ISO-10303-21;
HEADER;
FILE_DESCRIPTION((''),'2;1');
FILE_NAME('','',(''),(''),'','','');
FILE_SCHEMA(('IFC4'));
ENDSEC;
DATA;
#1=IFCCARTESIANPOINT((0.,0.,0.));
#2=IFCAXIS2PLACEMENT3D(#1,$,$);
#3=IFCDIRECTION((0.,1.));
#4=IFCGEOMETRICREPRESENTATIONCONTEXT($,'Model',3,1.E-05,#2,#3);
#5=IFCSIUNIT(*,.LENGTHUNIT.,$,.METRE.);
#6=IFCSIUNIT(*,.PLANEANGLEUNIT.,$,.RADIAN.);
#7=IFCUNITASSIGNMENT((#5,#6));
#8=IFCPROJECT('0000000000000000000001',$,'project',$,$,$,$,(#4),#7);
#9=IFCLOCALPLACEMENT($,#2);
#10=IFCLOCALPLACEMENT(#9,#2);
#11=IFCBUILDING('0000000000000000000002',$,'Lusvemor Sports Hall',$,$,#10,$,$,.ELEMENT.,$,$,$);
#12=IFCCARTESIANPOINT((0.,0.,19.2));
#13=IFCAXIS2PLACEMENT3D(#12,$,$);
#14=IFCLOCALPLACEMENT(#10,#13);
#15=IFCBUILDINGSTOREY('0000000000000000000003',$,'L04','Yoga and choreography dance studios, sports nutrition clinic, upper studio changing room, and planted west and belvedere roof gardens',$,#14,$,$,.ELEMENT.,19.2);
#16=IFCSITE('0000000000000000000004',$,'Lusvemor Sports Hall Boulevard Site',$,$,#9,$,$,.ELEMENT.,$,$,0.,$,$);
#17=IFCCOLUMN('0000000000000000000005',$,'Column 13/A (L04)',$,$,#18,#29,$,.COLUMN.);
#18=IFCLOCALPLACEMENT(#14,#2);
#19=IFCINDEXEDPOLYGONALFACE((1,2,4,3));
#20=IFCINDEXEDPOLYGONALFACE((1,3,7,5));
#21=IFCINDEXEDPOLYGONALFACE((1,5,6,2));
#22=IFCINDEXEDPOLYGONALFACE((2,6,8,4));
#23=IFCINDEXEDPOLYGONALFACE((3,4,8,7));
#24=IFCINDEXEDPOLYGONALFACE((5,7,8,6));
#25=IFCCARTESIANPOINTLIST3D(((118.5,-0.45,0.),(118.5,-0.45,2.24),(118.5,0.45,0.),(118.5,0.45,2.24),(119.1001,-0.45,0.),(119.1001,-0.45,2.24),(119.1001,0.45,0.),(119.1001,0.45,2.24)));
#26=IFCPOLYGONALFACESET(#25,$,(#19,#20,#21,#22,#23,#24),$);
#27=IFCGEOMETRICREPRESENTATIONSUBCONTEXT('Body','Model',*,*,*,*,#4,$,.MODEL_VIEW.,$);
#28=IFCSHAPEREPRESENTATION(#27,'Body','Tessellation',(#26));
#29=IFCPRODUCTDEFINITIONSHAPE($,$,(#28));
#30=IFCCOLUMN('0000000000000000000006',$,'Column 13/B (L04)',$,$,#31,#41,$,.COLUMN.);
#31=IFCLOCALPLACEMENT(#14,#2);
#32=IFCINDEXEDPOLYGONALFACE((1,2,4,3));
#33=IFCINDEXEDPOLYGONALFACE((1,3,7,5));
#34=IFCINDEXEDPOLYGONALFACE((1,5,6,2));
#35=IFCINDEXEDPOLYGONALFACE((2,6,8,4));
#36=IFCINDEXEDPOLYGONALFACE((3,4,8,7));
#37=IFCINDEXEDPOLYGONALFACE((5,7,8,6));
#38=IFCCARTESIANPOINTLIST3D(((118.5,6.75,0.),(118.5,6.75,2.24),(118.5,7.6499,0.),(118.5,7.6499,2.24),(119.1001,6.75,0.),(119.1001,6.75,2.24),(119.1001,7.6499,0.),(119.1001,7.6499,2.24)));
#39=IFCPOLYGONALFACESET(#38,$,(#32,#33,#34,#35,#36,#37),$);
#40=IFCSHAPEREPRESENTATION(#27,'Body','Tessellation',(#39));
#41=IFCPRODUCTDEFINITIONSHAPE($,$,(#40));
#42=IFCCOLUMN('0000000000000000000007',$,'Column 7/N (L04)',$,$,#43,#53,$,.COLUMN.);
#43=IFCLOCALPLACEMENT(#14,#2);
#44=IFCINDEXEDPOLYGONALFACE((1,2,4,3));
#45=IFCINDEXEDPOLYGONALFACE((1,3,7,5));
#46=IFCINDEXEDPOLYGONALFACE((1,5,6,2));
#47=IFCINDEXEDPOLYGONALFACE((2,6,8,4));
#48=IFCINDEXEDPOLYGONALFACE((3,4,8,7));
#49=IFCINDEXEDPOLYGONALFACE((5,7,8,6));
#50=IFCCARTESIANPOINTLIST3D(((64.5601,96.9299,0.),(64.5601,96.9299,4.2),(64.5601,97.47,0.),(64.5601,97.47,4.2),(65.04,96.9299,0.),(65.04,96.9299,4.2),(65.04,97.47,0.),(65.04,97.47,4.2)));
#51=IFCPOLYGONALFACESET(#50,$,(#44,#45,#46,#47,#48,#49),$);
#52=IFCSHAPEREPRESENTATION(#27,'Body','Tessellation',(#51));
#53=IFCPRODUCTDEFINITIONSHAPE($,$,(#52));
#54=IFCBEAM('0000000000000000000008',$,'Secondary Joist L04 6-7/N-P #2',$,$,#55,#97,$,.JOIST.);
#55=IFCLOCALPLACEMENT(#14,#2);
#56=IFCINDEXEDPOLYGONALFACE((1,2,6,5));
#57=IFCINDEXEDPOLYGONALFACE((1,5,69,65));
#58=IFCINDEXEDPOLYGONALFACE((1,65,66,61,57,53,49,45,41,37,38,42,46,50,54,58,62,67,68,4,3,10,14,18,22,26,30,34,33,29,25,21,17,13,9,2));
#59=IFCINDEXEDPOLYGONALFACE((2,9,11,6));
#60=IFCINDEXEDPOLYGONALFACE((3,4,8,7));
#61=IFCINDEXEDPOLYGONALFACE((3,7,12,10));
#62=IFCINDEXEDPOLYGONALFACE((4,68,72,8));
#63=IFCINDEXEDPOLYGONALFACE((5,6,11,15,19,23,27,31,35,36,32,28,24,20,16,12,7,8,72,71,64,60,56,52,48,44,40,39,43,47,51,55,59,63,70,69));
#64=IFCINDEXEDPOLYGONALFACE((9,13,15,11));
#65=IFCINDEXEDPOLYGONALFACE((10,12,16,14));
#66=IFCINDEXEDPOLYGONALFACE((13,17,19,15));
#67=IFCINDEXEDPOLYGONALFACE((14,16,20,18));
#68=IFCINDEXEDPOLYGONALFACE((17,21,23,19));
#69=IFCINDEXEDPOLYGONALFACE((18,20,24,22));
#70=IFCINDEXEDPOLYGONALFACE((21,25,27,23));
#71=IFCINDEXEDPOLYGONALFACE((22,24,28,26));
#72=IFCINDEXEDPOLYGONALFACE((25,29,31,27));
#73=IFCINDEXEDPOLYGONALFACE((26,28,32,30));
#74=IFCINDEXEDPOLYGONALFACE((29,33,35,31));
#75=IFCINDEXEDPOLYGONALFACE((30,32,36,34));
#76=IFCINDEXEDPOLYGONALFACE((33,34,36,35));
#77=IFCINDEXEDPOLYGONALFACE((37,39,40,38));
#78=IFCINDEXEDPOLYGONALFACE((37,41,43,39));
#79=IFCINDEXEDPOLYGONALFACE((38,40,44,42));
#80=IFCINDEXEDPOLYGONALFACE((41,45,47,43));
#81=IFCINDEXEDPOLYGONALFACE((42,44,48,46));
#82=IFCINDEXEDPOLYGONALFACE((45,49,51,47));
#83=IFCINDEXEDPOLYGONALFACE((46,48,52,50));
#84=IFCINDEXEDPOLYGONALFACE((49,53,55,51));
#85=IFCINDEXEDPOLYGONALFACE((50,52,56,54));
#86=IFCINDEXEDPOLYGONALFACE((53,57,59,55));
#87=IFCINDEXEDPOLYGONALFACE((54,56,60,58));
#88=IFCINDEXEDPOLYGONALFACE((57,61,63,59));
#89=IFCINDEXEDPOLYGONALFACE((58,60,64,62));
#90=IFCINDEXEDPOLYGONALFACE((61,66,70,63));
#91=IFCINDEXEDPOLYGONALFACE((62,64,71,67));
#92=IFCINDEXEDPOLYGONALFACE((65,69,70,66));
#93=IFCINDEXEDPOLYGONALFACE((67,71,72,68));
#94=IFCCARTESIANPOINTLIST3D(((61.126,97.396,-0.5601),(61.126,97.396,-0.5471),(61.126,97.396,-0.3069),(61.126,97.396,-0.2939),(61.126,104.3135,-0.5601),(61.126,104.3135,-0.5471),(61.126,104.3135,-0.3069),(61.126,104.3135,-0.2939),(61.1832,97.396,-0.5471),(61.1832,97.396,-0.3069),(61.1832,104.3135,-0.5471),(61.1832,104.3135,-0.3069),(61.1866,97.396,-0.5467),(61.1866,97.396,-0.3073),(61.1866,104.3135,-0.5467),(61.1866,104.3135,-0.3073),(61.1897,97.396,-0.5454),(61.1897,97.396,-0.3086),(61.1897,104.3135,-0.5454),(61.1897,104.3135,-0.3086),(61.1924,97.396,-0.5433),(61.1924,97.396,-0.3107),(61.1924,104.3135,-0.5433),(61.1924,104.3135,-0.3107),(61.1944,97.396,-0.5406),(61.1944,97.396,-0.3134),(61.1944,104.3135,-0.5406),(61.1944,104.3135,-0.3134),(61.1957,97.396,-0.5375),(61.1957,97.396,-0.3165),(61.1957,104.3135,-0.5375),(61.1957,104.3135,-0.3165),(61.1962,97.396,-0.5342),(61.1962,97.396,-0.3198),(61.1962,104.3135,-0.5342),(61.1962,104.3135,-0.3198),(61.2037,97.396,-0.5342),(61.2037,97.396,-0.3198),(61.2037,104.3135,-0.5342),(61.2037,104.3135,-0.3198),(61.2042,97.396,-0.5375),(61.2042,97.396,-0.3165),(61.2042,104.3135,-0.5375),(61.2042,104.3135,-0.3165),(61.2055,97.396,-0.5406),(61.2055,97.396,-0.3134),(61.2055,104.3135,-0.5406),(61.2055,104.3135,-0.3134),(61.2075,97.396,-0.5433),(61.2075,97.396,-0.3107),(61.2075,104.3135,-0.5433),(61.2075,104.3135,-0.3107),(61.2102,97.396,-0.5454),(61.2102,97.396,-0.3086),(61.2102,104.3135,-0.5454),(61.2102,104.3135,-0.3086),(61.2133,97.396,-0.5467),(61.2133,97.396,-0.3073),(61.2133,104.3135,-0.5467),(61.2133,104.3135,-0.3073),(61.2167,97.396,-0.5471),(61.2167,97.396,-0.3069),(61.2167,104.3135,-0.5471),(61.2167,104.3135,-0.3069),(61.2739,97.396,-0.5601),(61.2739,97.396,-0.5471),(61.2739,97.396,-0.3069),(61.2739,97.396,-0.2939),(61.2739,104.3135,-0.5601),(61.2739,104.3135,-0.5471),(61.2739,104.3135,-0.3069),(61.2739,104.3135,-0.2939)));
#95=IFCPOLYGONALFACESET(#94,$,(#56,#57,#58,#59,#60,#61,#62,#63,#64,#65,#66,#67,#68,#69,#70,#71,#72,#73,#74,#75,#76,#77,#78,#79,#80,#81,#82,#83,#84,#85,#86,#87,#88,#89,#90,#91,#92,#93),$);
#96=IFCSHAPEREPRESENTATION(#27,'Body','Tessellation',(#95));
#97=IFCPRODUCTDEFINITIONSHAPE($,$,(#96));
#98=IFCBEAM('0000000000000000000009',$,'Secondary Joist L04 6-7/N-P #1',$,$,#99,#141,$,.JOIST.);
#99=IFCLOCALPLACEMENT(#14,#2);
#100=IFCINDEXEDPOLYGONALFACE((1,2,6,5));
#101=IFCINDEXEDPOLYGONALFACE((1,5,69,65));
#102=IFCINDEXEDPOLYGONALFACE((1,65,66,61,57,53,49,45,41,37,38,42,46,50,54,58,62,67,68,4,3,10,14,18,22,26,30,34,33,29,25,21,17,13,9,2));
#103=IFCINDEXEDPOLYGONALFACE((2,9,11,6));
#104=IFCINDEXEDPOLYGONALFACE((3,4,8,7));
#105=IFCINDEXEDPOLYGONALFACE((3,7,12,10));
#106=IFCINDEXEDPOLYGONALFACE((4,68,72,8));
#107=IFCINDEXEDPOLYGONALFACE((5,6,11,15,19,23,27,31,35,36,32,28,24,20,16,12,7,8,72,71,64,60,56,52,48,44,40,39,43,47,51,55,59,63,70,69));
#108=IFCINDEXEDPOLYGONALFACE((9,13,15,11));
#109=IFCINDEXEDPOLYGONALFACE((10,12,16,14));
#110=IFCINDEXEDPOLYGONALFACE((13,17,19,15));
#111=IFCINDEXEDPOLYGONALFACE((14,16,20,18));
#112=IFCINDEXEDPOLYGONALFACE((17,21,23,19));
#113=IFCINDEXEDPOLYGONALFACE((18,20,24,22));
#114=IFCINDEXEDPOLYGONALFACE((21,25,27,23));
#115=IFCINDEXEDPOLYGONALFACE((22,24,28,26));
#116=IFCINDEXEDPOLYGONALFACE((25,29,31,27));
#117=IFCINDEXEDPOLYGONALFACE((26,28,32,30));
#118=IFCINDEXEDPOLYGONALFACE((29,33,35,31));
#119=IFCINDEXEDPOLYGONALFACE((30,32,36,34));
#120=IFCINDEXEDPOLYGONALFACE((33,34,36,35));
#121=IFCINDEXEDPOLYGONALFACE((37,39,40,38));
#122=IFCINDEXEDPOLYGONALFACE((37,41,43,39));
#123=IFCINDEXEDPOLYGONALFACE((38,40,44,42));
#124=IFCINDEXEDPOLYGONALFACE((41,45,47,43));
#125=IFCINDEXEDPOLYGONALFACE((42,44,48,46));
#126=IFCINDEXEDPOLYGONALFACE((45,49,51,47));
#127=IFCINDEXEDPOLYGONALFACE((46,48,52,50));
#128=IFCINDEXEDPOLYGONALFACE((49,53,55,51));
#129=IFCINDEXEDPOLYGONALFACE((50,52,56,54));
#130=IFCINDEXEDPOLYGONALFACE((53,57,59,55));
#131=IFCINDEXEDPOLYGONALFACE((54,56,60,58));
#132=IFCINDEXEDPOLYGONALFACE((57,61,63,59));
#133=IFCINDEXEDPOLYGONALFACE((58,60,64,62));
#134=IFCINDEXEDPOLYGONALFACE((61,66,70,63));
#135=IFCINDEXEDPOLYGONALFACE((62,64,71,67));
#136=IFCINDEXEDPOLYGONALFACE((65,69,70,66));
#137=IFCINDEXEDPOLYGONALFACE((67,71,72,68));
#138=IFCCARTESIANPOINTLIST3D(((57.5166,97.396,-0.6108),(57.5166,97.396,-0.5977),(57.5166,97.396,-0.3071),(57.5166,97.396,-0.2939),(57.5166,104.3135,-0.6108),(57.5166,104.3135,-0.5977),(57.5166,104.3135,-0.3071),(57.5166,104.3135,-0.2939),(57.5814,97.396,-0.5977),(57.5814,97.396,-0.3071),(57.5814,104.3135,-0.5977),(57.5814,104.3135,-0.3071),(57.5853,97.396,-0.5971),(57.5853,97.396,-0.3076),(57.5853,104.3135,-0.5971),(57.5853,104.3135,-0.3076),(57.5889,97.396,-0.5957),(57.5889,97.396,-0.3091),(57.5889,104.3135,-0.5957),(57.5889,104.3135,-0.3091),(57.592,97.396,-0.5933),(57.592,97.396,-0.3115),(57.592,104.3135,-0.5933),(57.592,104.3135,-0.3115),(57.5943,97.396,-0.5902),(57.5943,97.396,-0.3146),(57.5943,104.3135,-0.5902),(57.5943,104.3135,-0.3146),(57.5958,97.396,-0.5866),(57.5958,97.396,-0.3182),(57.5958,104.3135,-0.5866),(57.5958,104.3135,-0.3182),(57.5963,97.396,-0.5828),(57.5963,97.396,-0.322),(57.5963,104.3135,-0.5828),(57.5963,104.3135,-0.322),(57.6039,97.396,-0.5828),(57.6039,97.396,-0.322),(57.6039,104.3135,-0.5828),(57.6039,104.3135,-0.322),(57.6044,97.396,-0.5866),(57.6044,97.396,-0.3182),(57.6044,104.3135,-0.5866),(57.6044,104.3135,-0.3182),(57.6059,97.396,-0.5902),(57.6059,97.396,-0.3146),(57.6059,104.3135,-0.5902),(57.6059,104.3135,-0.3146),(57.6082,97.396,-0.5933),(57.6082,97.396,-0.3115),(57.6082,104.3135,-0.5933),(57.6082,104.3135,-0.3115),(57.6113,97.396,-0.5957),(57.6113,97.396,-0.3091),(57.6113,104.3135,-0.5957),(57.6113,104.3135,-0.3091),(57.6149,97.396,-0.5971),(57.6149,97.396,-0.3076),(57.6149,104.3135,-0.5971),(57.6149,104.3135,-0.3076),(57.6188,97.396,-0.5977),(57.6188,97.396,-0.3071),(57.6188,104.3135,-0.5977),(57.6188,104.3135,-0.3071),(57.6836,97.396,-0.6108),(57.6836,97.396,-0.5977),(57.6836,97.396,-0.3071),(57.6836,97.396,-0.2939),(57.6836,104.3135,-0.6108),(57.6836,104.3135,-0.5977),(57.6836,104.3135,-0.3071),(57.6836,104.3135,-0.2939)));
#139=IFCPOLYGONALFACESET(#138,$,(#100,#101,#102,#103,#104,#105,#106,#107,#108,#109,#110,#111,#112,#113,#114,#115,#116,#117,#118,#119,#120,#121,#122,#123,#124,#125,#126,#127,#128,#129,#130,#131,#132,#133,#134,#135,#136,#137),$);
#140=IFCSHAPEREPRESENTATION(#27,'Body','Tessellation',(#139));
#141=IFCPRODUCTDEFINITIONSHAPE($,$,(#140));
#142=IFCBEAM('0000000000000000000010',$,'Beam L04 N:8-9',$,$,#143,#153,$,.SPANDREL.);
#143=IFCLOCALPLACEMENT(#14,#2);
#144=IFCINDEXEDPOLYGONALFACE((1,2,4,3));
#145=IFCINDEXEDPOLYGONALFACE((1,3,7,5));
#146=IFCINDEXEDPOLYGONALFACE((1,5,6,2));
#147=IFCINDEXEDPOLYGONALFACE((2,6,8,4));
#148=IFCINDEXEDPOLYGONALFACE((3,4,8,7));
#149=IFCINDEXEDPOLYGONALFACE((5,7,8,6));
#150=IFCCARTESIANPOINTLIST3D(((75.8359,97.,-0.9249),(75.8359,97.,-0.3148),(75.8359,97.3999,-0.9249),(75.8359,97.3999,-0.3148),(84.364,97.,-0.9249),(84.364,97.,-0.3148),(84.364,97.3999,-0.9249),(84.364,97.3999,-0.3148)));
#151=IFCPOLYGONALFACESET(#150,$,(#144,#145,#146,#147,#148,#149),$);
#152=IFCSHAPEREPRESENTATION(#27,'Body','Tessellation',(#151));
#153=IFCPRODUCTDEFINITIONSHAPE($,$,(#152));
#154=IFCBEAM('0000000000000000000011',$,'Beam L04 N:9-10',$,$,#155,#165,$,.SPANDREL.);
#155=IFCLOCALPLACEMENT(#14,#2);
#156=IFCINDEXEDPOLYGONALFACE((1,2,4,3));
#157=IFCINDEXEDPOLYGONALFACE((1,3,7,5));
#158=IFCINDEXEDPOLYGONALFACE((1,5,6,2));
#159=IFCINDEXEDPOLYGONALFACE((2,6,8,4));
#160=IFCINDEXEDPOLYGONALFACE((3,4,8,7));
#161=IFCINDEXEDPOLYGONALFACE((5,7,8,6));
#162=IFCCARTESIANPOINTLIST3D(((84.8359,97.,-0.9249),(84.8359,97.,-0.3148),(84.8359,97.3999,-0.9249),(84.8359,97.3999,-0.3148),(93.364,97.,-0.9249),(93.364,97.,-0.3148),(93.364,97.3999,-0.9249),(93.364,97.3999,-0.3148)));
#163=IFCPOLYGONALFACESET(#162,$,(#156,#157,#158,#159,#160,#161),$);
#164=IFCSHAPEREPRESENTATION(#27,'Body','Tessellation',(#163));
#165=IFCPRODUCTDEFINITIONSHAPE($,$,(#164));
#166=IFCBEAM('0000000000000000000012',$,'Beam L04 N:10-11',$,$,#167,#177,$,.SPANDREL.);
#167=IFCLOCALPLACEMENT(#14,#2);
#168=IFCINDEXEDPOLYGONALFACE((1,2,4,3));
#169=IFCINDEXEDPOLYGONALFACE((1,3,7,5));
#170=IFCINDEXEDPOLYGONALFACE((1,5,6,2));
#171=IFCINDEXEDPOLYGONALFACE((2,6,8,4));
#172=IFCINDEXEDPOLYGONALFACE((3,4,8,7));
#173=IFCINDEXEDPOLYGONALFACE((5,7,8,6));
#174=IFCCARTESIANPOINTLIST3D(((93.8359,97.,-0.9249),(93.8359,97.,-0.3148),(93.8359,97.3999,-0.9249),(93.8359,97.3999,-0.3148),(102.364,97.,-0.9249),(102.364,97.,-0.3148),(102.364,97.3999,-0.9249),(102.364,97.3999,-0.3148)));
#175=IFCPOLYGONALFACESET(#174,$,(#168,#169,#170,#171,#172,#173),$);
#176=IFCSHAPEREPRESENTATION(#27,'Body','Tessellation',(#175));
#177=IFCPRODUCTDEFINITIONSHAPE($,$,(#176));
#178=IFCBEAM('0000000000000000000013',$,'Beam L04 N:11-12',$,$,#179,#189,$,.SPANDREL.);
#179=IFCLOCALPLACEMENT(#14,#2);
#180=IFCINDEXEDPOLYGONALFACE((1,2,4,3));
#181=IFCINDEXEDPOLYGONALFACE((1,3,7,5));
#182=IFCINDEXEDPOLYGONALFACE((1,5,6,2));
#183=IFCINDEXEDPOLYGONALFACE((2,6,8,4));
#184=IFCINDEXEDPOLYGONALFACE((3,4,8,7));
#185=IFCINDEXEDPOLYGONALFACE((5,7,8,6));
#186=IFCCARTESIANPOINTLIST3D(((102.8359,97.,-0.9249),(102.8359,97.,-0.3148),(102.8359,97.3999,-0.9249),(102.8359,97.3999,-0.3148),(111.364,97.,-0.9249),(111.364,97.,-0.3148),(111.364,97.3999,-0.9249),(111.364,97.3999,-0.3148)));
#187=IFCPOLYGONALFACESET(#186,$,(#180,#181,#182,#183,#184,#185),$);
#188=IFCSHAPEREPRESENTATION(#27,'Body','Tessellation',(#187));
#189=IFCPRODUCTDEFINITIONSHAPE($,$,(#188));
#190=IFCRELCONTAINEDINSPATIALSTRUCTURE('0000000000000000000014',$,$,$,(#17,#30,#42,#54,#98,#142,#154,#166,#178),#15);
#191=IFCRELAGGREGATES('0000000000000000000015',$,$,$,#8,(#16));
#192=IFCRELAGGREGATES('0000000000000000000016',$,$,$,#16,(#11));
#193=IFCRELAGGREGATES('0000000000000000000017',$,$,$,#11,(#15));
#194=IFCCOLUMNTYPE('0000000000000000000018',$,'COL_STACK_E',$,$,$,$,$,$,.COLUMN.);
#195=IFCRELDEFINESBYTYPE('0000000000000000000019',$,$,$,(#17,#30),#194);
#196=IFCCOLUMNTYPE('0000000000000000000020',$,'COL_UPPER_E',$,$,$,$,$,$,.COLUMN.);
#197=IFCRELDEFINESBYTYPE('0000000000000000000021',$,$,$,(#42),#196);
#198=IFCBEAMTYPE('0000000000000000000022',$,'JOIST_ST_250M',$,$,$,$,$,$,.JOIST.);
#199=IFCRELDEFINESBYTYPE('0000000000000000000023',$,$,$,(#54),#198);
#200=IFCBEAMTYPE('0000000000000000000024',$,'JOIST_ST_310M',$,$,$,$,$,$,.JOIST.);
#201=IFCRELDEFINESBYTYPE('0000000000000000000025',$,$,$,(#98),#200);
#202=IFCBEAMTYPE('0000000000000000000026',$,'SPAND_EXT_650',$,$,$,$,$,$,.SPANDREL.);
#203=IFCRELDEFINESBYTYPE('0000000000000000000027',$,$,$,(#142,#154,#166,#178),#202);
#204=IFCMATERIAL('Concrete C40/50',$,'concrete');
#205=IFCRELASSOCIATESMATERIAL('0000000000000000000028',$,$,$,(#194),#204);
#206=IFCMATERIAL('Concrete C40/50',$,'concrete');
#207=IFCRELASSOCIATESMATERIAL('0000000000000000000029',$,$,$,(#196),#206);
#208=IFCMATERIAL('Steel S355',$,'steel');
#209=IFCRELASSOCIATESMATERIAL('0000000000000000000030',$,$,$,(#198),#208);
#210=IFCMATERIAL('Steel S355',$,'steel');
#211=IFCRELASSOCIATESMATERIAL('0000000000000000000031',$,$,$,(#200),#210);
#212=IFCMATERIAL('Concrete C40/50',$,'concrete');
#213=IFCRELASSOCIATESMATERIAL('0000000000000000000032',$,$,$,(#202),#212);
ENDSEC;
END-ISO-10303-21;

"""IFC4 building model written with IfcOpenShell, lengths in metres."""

from ifc_helpers import new_model, si_unit, direction, frame, origin, origin_2d, place, context, subcontext, project, spatial, rectangle, i_section, extrude, material, material_profile, profile_set, type_object, element, save


model = new_model("IFC4")

# Units and contexts
model_context = context("Model", 3, precision=1e-05, world=origin(), true_north=direction((0.0, 1.0)))
body_context = subcontext(model_context, "Body", "Model", "MODEL_VIEW")
ifc_project = project(units=[si_unit("LENGTHUNIT", "METRE"), si_unit("PLANEANGLEUNIT", "RADIAN")], contexts=[model_context])

# Site, building, storey
site_placement = place(None, origin())
site = spatial("IfcSite", under=ifc_project, at=site_placement, Name="Lusvemor Sports Hall Boulevard Site", CompositionType="ELEMENT", RefElevation=0.0)
building_placement = place(site_placement, origin())
building = spatial("IfcBuilding", under=site, at=building_placement, Name="Lusvemor Sports Hall", CompositionType="ELEMENT")
storey_placement = place(building_placement, frame((0.0, 0.0, 19.2)))
storey = spatial("IfcBuildingStorey", under=building, at=storey_placement, Name="L04", Description="Yoga and choreography dance studios, sports nutrition clinic, upper studio changing room, and planted west and belvedere roof gardens", CompositionType="ELEMENT", Elevation=19.2)

# Columns
ifc_material_1 = material(Name="Concrete C40/50", Category="concrete")
ifc_material_profile_1 = material_profile(ifc_material_1, rectangle(XDim=0.6001, YDim=0.8999, at=origin_2d()), Name="RC600x900")
ifc_profile_set_1 = profile_set([ifc_material_profile_1], Name="Concrete C40/50")
column_type_1 = type_object("IfcColumnType", Name="COL_STACK_E", PredefinedType="COLUMN", material=ifc_profile_set_1)
for number, where, z_axis, x_axis, name in (
    (1, (118.8, 0.0, 0.0), (0.0, 0.0, 1.0), (1.0, 0.0, 0.0), "Column 13/A (L04)"),
    (2, (118.8, 7.2, 0.0), (0.0, 0.0, 1.0), (1.0, 0.0, 0.0), "Column 13/B (L04)"),
):
    element("IfcColumn", number, at=place(storey_placement, frame(where, z_axis=z_axis, x_axis=x_axis)), inside=storey, type_object=column_type_1, Name=name, PredefinedType="COLUMN", context=body_context, shape_type="SweptSolid", body=[
        extrude(rectangle(XDim=0.6001, YDim=0.8999, at=origin_2d()), origin(), (0.0, 0.0, 1.0), 2.24),
    ])
ifc_material_2 = material(Name="Concrete C40/50", Category="concrete")
ifc_material_profile_2 = material_profile(ifc_material_2, rectangle(XDim=0.48, YDim=0.54, at=origin_2d()), Name="RC480x540")
ifc_profile_set_2 = profile_set([ifc_material_profile_2], Name="Concrete C40/50")
column_type_2 = type_object("IfcColumnType", Name="COL_UPPER_E", PredefinedType="COLUMN", material=ifc_profile_set_2)
column_placement = place(storey_placement, frame((64.8, 97.2, 0.0), z_axis=(0.0, 0.0, 1.0), x_axis=(1.0, 0.0, 0.0)))
element("IfcColumn", 3, at=column_placement, inside=storey, type_object=column_type_2, Name="Column 7/N (L04)", PredefinedType="COLUMN", context=body_context, shape_type="SweptSolid", body=[
    extrude(rectangle(XDim=0.48, YDim=0.54, at=origin_2d()), origin(), (0.0, 0.0, 1.0), 4.2),
])

# Beams
ifc_material_3 = material(Name="Steel S355", Category="steel")
ifc_material_profile_3 = material_profile(ifc_material_3, i_section(OverallWidth=0.1479, OverallDepth=0.2661, WebThickness=0.0076, FlangeThickness=0.0129, FilletRadius=0.0129, at=origin_2d()), Name="W250x44.8")
ifc_profile_set_3 = profile_set([ifc_material_profile_3], Name="Steel S355")
beam_type_1 = type_object("IfcBeamType", Name="JOIST_ST_250M", PredefinedType="JOIST", material=ifc_profile_set_3)
beam_1_placement = place(storey_placement, frame((61.2, 97.396, -0.427), z_axis=(0.0, 1.0, 0.0), x_axis=(-1.0, 0.0, 0.0)))
element("IfcBeam", 4, at=beam_1_placement, inside=storey, type_object=beam_type_1, Name="Secondary Joist L04 6-7/N-P #2", PredefinedType="JOIST", context=body_context, shape_type="SweptSolid", body=[
    extrude(i_section(OverallWidth=0.1479, OverallDepth=0.2661, WebThickness=0.0076, FlangeThickness=0.0129, FilletRadius=0.0129, at=origin_2d()), origin(), (0.0, 0.0, 1.0), 6.9175),
])
ifc_material_4 = material(Name="Steel S355", Category="steel")
ifc_material_profile_4 = material_profile(ifc_material_4, i_section(OverallWidth=0.167, OverallDepth=0.3169, WebThickness=0.0076, FlangeThickness=0.0132, FilletRadius=0.0149, at=origin_2d()), Name="W310x52.0")
ifc_profile_set_4 = profile_set([ifc_material_profile_4], Name="Steel S355")
beam_type_2 = type_object("IfcBeamType", Name="JOIST_ST_310M", PredefinedType="JOIST", material=ifc_profile_set_4)
beam_2_placement = place(storey_placement, frame((57.6001, 97.396, -0.4524), z_axis=(0.0, 1.0, 0.0), x_axis=(-1.0, 0.0, 0.0)))
element("IfcBeam", 5, at=beam_2_placement, inside=storey, type_object=beam_type_2, Name="Secondary Joist L04 6-7/N-P #1", PredefinedType="JOIST", context=body_context, shape_type="SweptSolid", body=[
    extrude(i_section(OverallWidth=0.167, OverallDepth=0.3169, WebThickness=0.0076, FlangeThickness=0.0132, FilletRadius=0.0149, at=origin_2d()), origin(), (0.0, 0.0, 1.0), 6.9175),
])
ifc_material_5 = material(Name="Concrete C40/50", Category="concrete")
ifc_material_profile_5 = material_profile(ifc_material_5, rectangle(XDim=0.3999, YDim=0.6101, at=origin_2d()), Name="RC400x610")
ifc_profile_set_5 = profile_set([ifc_material_profile_5], Name="Concrete C40/50")
beam_type_3 = type_object("IfcBeamType", Name="SPAND_EXT_650", PredefinedType="SPANDREL", material=ifc_profile_set_5)
for number, where, z_axis, x_axis, name in (
    (6, (75.8359, 97.2, -0.6199), (1.0, 0.0, 0.0), (0.0, 1.0, 0.0), "Beam L04 N:8-9"),
    (7, (84.8359, 97.2, -0.6199), (1.0, 0.0, 0.0), (0.0, 1.0, 0.0), "Beam L04 N:9-10"),
    (8, (93.8359, 97.2, -0.6199), (1.0, 0.0, 0.0), (0.0, 1.0, 0.0), "Beam L04 N:10-11"),
    (9, (102.8359, 97.2, -0.6199), (1.0, 0.0, 0.0), (0.0, 1.0, 0.0), "Beam L04 N:11-12"),
):
    element("IfcBeam", number, at=place(storey_placement, frame(where, z_axis=z_axis, x_axis=x_axis)), inside=storey, type_object=beam_type_3, Name=name, PredefinedType="SPANDREL", context=body_context, shape_type="SweptSolid", body=[
        extrude(rectangle(XDim=0.3999, YDim=0.6101, at=origin_2d()), origin(), (0.0, 0.0, 1.0), 8.5281),
    ])

save(model, "model.ifc")
